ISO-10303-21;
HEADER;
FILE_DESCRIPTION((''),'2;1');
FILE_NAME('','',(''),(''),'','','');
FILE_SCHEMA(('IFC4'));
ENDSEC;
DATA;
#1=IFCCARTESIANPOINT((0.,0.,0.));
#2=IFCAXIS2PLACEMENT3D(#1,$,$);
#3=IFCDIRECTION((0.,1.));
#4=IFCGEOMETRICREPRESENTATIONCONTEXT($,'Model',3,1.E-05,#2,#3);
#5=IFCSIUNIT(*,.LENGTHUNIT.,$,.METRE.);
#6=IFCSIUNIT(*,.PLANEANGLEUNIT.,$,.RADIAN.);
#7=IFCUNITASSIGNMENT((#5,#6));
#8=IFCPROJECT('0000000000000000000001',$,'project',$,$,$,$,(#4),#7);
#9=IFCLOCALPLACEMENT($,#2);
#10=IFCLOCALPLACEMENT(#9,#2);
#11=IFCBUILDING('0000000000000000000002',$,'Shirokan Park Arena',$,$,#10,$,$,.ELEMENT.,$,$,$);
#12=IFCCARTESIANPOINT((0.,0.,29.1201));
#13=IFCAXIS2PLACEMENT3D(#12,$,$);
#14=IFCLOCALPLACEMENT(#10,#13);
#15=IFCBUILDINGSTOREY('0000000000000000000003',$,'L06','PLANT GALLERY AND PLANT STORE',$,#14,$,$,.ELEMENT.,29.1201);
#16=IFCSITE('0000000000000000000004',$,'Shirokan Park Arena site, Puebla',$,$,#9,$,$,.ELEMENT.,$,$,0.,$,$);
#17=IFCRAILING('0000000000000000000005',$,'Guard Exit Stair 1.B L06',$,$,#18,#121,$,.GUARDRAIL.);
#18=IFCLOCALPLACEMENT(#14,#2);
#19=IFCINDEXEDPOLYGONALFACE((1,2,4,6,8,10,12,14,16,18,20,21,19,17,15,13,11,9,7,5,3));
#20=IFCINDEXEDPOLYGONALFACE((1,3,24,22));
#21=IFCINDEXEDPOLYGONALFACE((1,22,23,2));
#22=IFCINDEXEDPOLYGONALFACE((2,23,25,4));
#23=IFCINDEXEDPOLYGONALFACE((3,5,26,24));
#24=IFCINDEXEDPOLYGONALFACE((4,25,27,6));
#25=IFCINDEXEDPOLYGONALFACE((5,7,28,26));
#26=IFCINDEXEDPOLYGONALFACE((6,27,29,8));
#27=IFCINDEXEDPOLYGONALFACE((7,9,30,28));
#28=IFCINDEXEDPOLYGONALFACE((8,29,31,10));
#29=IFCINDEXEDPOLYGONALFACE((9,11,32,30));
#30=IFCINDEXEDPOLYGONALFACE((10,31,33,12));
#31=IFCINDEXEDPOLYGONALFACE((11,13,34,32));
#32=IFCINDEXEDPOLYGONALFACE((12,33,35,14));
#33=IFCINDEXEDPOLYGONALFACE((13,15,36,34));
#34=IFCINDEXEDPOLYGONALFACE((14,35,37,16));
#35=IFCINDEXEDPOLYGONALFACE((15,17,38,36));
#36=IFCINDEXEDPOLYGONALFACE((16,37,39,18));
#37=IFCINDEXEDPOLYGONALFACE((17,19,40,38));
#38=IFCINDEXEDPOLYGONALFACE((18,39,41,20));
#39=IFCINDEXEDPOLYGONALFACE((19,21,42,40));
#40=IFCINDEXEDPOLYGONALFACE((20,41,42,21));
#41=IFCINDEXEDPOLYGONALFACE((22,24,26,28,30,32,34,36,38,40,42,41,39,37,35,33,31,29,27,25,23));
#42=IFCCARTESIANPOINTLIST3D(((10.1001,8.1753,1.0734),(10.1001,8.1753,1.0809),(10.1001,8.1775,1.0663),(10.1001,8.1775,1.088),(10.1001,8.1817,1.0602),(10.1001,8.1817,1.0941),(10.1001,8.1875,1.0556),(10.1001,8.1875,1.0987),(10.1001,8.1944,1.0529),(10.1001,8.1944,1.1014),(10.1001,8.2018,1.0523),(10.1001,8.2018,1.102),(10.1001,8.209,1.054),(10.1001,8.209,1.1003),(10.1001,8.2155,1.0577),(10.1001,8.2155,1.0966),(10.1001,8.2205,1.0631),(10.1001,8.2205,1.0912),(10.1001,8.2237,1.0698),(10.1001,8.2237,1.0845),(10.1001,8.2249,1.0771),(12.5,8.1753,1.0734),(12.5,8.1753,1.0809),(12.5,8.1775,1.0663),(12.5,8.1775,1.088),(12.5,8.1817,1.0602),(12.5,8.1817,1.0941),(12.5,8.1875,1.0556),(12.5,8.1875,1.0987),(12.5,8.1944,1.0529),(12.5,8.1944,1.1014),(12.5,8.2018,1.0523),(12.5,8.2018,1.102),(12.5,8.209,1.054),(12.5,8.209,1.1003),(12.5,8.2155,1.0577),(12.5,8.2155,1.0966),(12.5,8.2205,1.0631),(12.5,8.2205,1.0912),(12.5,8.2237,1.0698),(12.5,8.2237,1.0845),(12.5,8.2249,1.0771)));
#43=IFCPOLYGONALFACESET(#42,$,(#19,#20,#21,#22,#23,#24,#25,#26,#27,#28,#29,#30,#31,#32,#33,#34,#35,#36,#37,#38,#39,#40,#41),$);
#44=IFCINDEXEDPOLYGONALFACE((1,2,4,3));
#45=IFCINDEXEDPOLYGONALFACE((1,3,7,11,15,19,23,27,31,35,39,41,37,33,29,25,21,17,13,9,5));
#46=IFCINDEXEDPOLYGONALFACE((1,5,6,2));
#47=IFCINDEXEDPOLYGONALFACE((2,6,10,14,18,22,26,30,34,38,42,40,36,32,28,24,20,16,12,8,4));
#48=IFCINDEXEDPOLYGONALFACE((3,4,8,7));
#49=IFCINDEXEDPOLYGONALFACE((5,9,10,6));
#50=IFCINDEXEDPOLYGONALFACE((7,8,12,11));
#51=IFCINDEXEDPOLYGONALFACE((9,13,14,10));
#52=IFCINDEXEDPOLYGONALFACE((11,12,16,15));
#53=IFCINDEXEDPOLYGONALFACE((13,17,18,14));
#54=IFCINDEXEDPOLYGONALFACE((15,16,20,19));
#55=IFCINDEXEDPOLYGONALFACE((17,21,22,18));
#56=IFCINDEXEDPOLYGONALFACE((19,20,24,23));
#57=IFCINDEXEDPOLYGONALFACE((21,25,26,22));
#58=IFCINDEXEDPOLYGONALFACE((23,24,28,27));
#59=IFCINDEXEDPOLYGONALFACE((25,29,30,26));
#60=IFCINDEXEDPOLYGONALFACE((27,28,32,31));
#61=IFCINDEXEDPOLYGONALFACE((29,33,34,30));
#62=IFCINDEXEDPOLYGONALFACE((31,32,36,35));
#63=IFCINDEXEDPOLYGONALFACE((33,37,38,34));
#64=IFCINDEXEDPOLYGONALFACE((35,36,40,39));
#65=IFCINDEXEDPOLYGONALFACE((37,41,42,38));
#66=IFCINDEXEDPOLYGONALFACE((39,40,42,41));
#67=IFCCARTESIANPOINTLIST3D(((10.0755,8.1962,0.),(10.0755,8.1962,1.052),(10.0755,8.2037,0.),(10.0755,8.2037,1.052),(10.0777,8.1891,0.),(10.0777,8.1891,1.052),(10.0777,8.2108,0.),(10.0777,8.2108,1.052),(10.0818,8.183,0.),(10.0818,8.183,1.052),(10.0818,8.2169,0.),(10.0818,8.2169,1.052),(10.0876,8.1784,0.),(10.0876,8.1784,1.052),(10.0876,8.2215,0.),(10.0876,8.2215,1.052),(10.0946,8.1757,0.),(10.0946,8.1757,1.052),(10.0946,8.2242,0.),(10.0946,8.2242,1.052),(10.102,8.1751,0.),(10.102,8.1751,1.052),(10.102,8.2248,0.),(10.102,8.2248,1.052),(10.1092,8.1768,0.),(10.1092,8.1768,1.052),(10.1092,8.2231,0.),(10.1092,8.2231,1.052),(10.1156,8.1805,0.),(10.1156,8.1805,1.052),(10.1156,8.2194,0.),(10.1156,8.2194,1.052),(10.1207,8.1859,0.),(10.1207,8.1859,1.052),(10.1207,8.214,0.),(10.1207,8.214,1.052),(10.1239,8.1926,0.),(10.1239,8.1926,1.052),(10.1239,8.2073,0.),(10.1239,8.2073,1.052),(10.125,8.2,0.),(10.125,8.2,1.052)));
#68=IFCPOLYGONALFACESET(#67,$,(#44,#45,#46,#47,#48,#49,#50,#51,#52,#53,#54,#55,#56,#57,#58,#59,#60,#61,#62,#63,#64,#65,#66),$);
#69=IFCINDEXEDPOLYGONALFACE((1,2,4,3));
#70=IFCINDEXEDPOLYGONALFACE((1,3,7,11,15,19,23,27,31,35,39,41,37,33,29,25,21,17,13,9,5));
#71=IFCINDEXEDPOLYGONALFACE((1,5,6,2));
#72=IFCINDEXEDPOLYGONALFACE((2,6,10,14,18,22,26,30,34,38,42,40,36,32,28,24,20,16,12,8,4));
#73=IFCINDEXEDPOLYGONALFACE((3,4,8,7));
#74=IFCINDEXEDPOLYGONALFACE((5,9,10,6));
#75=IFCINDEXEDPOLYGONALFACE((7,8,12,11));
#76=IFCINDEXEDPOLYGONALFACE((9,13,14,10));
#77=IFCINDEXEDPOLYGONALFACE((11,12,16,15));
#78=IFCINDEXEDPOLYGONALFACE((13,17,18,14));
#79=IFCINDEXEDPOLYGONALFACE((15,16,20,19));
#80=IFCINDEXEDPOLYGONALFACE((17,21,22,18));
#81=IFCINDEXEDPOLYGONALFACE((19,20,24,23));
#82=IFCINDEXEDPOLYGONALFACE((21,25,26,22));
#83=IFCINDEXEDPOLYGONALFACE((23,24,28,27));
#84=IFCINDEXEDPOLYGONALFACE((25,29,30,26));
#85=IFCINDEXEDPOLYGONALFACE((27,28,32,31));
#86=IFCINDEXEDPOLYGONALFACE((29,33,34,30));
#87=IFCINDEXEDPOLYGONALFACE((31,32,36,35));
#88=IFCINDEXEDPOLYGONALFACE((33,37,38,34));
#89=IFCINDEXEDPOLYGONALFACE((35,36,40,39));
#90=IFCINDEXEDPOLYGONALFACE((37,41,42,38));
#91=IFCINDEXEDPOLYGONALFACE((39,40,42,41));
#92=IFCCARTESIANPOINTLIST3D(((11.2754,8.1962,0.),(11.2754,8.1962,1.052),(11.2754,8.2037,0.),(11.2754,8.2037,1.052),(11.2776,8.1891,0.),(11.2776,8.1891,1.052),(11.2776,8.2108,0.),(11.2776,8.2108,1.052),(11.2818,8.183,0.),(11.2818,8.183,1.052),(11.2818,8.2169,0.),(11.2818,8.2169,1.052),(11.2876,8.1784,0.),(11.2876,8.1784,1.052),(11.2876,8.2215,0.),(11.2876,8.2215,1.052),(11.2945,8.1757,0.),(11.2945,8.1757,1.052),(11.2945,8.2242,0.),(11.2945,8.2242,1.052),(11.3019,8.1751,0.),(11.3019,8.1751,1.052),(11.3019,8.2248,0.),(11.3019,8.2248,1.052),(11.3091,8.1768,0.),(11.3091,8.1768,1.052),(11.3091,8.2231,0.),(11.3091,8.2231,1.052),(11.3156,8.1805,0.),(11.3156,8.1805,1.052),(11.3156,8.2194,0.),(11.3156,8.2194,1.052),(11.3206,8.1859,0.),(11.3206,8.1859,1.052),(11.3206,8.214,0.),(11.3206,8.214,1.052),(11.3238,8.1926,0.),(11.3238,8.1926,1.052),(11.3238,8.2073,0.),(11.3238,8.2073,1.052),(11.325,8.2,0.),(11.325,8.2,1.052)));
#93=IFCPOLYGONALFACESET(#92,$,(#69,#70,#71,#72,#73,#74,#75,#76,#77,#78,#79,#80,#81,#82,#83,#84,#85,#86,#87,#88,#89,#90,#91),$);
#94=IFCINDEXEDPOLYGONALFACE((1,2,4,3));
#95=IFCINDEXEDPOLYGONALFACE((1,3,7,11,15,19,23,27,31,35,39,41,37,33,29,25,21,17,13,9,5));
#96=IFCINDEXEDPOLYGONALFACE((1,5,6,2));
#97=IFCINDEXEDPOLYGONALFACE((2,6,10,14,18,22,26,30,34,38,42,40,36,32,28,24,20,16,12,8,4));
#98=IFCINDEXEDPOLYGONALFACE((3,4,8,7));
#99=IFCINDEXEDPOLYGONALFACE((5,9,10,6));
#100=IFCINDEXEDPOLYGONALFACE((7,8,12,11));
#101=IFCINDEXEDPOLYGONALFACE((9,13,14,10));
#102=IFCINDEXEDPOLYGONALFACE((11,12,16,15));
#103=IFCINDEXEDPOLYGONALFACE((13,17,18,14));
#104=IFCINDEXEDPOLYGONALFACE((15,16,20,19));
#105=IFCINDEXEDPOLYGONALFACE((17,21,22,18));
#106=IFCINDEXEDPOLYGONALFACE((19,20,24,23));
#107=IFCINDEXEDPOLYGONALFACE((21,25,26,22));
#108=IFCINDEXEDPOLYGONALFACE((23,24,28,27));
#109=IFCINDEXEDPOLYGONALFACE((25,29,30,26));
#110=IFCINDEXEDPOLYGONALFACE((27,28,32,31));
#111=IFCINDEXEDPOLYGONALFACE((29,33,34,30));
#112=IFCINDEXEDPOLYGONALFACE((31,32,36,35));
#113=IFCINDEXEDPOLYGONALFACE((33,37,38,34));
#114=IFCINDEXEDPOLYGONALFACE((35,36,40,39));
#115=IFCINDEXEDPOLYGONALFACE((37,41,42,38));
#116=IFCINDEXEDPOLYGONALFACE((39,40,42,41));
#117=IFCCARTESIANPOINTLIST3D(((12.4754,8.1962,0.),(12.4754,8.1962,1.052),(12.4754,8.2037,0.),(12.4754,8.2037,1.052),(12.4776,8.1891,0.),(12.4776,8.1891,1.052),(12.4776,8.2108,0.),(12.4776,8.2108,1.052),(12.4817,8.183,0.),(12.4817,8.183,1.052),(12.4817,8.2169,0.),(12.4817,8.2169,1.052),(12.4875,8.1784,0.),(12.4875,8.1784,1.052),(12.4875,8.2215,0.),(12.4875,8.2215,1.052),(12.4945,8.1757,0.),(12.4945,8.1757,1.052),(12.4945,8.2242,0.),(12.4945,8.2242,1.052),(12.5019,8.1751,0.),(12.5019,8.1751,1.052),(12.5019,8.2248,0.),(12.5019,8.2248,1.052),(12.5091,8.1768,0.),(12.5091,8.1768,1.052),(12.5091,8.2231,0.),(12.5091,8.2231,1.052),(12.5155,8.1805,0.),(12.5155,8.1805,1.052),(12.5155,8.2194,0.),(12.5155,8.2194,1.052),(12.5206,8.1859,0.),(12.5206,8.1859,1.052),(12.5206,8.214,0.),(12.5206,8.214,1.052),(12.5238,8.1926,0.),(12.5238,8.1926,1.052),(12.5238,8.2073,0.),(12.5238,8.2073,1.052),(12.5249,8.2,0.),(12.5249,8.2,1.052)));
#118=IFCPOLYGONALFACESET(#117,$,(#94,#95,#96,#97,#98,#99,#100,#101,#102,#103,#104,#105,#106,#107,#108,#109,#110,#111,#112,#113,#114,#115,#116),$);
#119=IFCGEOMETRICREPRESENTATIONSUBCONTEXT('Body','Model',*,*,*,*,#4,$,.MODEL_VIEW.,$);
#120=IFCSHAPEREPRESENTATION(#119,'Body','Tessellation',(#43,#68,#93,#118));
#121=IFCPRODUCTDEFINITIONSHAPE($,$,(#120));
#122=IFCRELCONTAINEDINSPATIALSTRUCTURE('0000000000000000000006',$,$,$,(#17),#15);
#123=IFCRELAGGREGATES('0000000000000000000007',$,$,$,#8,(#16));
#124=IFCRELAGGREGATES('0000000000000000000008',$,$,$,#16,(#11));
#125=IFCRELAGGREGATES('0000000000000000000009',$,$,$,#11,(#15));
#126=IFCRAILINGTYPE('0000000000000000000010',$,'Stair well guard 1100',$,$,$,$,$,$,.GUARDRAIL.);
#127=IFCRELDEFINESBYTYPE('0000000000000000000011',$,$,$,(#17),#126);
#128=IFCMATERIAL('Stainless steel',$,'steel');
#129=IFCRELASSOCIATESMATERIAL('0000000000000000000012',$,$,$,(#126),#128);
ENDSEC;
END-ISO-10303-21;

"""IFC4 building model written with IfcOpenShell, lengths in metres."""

from ifc_helpers import new_model, si_unit, direction, frame, origin, origin_2d, place, context, subcontext, project, spatial, circle, extrude, material, type_object, element, save


model = new_model("IFC4")

# Units and contexts
model_context = context("Model", 3, precision=1e-05, world=origin(), true_north=direction((0.0, 1.0)))
body_context = subcontext(model_context, "Body", "Model", "MODEL_VIEW")
ifc_project = project(units=[si_unit("LENGTHUNIT", "METRE"), si_unit("PLANEANGLEUNIT", "RADIAN")], contexts=[model_context])

# Site, building, storey
site_placement = place(None, origin())
site = spatial("IfcSite", under=ifc_project, at=site_placement, Name="Shirokan Park Arena site, Puebla", CompositionType="ELEMENT", RefElevation=0.0)
building_placement = place(site_placement, origin())
building = spatial("IfcBuilding", under=site, at=building_placement, Name="Shirokan Park Arena", CompositionType="ELEMENT")
storey_placement = place(building_placement, frame((0.0, 0.0, 29.1201)))
storey = spatial("IfcBuildingStorey", under=building, at=storey_placement, Name="L06", Description="PLANT GALLERY AND PLANT STORE", CompositionType="ELEMENT", Elevation=29.1201)

# Railing
ifc_material_1 = material(Name="Stainless steel", Category="steel")
railing_type = type_object("IfcRailingType", Name="Stair well guard 1100", PredefinedType="GUARDRAIL", material=ifc_material_1)
railing_placement = place(storey_placement, frame((10.1001, 8.2, 0.0)))
element("IfcRailing", 1, at=railing_placement, inside=storey, type_object=railing_type, Name="Guard Exit Stair 1.B L06", PredefinedType="GUARDRAIL", context=body_context, shape_type="SweptSolid", body=[
    extrude(circle(Radius=0.0249, at=origin_2d()), frame((0.0, 0.0, 1.0771), z_axis=(1.0, 0.0, 0.0), x_axis=(0.0, 1.0, 0.0)), (0.0, 0.0, 1.0), 2.3999),
    extrude(circle(Radius=0.0249, at=origin_2d()), origin(), (0.0, 0.0, 1.0), 1.052),
    extrude(circle(Radius=0.0249, at=origin_2d()), frame((1.2, 0.0, 0.0)), (0.0, 0.0, 1.0), 1.052),
    extrude(circle(Radius=0.0249, at=origin_2d()), frame((2.3999, 0.0, 0.0)), (0.0, 0.0, 1.0), 1.052),
])

save(model, "model.ifc")
